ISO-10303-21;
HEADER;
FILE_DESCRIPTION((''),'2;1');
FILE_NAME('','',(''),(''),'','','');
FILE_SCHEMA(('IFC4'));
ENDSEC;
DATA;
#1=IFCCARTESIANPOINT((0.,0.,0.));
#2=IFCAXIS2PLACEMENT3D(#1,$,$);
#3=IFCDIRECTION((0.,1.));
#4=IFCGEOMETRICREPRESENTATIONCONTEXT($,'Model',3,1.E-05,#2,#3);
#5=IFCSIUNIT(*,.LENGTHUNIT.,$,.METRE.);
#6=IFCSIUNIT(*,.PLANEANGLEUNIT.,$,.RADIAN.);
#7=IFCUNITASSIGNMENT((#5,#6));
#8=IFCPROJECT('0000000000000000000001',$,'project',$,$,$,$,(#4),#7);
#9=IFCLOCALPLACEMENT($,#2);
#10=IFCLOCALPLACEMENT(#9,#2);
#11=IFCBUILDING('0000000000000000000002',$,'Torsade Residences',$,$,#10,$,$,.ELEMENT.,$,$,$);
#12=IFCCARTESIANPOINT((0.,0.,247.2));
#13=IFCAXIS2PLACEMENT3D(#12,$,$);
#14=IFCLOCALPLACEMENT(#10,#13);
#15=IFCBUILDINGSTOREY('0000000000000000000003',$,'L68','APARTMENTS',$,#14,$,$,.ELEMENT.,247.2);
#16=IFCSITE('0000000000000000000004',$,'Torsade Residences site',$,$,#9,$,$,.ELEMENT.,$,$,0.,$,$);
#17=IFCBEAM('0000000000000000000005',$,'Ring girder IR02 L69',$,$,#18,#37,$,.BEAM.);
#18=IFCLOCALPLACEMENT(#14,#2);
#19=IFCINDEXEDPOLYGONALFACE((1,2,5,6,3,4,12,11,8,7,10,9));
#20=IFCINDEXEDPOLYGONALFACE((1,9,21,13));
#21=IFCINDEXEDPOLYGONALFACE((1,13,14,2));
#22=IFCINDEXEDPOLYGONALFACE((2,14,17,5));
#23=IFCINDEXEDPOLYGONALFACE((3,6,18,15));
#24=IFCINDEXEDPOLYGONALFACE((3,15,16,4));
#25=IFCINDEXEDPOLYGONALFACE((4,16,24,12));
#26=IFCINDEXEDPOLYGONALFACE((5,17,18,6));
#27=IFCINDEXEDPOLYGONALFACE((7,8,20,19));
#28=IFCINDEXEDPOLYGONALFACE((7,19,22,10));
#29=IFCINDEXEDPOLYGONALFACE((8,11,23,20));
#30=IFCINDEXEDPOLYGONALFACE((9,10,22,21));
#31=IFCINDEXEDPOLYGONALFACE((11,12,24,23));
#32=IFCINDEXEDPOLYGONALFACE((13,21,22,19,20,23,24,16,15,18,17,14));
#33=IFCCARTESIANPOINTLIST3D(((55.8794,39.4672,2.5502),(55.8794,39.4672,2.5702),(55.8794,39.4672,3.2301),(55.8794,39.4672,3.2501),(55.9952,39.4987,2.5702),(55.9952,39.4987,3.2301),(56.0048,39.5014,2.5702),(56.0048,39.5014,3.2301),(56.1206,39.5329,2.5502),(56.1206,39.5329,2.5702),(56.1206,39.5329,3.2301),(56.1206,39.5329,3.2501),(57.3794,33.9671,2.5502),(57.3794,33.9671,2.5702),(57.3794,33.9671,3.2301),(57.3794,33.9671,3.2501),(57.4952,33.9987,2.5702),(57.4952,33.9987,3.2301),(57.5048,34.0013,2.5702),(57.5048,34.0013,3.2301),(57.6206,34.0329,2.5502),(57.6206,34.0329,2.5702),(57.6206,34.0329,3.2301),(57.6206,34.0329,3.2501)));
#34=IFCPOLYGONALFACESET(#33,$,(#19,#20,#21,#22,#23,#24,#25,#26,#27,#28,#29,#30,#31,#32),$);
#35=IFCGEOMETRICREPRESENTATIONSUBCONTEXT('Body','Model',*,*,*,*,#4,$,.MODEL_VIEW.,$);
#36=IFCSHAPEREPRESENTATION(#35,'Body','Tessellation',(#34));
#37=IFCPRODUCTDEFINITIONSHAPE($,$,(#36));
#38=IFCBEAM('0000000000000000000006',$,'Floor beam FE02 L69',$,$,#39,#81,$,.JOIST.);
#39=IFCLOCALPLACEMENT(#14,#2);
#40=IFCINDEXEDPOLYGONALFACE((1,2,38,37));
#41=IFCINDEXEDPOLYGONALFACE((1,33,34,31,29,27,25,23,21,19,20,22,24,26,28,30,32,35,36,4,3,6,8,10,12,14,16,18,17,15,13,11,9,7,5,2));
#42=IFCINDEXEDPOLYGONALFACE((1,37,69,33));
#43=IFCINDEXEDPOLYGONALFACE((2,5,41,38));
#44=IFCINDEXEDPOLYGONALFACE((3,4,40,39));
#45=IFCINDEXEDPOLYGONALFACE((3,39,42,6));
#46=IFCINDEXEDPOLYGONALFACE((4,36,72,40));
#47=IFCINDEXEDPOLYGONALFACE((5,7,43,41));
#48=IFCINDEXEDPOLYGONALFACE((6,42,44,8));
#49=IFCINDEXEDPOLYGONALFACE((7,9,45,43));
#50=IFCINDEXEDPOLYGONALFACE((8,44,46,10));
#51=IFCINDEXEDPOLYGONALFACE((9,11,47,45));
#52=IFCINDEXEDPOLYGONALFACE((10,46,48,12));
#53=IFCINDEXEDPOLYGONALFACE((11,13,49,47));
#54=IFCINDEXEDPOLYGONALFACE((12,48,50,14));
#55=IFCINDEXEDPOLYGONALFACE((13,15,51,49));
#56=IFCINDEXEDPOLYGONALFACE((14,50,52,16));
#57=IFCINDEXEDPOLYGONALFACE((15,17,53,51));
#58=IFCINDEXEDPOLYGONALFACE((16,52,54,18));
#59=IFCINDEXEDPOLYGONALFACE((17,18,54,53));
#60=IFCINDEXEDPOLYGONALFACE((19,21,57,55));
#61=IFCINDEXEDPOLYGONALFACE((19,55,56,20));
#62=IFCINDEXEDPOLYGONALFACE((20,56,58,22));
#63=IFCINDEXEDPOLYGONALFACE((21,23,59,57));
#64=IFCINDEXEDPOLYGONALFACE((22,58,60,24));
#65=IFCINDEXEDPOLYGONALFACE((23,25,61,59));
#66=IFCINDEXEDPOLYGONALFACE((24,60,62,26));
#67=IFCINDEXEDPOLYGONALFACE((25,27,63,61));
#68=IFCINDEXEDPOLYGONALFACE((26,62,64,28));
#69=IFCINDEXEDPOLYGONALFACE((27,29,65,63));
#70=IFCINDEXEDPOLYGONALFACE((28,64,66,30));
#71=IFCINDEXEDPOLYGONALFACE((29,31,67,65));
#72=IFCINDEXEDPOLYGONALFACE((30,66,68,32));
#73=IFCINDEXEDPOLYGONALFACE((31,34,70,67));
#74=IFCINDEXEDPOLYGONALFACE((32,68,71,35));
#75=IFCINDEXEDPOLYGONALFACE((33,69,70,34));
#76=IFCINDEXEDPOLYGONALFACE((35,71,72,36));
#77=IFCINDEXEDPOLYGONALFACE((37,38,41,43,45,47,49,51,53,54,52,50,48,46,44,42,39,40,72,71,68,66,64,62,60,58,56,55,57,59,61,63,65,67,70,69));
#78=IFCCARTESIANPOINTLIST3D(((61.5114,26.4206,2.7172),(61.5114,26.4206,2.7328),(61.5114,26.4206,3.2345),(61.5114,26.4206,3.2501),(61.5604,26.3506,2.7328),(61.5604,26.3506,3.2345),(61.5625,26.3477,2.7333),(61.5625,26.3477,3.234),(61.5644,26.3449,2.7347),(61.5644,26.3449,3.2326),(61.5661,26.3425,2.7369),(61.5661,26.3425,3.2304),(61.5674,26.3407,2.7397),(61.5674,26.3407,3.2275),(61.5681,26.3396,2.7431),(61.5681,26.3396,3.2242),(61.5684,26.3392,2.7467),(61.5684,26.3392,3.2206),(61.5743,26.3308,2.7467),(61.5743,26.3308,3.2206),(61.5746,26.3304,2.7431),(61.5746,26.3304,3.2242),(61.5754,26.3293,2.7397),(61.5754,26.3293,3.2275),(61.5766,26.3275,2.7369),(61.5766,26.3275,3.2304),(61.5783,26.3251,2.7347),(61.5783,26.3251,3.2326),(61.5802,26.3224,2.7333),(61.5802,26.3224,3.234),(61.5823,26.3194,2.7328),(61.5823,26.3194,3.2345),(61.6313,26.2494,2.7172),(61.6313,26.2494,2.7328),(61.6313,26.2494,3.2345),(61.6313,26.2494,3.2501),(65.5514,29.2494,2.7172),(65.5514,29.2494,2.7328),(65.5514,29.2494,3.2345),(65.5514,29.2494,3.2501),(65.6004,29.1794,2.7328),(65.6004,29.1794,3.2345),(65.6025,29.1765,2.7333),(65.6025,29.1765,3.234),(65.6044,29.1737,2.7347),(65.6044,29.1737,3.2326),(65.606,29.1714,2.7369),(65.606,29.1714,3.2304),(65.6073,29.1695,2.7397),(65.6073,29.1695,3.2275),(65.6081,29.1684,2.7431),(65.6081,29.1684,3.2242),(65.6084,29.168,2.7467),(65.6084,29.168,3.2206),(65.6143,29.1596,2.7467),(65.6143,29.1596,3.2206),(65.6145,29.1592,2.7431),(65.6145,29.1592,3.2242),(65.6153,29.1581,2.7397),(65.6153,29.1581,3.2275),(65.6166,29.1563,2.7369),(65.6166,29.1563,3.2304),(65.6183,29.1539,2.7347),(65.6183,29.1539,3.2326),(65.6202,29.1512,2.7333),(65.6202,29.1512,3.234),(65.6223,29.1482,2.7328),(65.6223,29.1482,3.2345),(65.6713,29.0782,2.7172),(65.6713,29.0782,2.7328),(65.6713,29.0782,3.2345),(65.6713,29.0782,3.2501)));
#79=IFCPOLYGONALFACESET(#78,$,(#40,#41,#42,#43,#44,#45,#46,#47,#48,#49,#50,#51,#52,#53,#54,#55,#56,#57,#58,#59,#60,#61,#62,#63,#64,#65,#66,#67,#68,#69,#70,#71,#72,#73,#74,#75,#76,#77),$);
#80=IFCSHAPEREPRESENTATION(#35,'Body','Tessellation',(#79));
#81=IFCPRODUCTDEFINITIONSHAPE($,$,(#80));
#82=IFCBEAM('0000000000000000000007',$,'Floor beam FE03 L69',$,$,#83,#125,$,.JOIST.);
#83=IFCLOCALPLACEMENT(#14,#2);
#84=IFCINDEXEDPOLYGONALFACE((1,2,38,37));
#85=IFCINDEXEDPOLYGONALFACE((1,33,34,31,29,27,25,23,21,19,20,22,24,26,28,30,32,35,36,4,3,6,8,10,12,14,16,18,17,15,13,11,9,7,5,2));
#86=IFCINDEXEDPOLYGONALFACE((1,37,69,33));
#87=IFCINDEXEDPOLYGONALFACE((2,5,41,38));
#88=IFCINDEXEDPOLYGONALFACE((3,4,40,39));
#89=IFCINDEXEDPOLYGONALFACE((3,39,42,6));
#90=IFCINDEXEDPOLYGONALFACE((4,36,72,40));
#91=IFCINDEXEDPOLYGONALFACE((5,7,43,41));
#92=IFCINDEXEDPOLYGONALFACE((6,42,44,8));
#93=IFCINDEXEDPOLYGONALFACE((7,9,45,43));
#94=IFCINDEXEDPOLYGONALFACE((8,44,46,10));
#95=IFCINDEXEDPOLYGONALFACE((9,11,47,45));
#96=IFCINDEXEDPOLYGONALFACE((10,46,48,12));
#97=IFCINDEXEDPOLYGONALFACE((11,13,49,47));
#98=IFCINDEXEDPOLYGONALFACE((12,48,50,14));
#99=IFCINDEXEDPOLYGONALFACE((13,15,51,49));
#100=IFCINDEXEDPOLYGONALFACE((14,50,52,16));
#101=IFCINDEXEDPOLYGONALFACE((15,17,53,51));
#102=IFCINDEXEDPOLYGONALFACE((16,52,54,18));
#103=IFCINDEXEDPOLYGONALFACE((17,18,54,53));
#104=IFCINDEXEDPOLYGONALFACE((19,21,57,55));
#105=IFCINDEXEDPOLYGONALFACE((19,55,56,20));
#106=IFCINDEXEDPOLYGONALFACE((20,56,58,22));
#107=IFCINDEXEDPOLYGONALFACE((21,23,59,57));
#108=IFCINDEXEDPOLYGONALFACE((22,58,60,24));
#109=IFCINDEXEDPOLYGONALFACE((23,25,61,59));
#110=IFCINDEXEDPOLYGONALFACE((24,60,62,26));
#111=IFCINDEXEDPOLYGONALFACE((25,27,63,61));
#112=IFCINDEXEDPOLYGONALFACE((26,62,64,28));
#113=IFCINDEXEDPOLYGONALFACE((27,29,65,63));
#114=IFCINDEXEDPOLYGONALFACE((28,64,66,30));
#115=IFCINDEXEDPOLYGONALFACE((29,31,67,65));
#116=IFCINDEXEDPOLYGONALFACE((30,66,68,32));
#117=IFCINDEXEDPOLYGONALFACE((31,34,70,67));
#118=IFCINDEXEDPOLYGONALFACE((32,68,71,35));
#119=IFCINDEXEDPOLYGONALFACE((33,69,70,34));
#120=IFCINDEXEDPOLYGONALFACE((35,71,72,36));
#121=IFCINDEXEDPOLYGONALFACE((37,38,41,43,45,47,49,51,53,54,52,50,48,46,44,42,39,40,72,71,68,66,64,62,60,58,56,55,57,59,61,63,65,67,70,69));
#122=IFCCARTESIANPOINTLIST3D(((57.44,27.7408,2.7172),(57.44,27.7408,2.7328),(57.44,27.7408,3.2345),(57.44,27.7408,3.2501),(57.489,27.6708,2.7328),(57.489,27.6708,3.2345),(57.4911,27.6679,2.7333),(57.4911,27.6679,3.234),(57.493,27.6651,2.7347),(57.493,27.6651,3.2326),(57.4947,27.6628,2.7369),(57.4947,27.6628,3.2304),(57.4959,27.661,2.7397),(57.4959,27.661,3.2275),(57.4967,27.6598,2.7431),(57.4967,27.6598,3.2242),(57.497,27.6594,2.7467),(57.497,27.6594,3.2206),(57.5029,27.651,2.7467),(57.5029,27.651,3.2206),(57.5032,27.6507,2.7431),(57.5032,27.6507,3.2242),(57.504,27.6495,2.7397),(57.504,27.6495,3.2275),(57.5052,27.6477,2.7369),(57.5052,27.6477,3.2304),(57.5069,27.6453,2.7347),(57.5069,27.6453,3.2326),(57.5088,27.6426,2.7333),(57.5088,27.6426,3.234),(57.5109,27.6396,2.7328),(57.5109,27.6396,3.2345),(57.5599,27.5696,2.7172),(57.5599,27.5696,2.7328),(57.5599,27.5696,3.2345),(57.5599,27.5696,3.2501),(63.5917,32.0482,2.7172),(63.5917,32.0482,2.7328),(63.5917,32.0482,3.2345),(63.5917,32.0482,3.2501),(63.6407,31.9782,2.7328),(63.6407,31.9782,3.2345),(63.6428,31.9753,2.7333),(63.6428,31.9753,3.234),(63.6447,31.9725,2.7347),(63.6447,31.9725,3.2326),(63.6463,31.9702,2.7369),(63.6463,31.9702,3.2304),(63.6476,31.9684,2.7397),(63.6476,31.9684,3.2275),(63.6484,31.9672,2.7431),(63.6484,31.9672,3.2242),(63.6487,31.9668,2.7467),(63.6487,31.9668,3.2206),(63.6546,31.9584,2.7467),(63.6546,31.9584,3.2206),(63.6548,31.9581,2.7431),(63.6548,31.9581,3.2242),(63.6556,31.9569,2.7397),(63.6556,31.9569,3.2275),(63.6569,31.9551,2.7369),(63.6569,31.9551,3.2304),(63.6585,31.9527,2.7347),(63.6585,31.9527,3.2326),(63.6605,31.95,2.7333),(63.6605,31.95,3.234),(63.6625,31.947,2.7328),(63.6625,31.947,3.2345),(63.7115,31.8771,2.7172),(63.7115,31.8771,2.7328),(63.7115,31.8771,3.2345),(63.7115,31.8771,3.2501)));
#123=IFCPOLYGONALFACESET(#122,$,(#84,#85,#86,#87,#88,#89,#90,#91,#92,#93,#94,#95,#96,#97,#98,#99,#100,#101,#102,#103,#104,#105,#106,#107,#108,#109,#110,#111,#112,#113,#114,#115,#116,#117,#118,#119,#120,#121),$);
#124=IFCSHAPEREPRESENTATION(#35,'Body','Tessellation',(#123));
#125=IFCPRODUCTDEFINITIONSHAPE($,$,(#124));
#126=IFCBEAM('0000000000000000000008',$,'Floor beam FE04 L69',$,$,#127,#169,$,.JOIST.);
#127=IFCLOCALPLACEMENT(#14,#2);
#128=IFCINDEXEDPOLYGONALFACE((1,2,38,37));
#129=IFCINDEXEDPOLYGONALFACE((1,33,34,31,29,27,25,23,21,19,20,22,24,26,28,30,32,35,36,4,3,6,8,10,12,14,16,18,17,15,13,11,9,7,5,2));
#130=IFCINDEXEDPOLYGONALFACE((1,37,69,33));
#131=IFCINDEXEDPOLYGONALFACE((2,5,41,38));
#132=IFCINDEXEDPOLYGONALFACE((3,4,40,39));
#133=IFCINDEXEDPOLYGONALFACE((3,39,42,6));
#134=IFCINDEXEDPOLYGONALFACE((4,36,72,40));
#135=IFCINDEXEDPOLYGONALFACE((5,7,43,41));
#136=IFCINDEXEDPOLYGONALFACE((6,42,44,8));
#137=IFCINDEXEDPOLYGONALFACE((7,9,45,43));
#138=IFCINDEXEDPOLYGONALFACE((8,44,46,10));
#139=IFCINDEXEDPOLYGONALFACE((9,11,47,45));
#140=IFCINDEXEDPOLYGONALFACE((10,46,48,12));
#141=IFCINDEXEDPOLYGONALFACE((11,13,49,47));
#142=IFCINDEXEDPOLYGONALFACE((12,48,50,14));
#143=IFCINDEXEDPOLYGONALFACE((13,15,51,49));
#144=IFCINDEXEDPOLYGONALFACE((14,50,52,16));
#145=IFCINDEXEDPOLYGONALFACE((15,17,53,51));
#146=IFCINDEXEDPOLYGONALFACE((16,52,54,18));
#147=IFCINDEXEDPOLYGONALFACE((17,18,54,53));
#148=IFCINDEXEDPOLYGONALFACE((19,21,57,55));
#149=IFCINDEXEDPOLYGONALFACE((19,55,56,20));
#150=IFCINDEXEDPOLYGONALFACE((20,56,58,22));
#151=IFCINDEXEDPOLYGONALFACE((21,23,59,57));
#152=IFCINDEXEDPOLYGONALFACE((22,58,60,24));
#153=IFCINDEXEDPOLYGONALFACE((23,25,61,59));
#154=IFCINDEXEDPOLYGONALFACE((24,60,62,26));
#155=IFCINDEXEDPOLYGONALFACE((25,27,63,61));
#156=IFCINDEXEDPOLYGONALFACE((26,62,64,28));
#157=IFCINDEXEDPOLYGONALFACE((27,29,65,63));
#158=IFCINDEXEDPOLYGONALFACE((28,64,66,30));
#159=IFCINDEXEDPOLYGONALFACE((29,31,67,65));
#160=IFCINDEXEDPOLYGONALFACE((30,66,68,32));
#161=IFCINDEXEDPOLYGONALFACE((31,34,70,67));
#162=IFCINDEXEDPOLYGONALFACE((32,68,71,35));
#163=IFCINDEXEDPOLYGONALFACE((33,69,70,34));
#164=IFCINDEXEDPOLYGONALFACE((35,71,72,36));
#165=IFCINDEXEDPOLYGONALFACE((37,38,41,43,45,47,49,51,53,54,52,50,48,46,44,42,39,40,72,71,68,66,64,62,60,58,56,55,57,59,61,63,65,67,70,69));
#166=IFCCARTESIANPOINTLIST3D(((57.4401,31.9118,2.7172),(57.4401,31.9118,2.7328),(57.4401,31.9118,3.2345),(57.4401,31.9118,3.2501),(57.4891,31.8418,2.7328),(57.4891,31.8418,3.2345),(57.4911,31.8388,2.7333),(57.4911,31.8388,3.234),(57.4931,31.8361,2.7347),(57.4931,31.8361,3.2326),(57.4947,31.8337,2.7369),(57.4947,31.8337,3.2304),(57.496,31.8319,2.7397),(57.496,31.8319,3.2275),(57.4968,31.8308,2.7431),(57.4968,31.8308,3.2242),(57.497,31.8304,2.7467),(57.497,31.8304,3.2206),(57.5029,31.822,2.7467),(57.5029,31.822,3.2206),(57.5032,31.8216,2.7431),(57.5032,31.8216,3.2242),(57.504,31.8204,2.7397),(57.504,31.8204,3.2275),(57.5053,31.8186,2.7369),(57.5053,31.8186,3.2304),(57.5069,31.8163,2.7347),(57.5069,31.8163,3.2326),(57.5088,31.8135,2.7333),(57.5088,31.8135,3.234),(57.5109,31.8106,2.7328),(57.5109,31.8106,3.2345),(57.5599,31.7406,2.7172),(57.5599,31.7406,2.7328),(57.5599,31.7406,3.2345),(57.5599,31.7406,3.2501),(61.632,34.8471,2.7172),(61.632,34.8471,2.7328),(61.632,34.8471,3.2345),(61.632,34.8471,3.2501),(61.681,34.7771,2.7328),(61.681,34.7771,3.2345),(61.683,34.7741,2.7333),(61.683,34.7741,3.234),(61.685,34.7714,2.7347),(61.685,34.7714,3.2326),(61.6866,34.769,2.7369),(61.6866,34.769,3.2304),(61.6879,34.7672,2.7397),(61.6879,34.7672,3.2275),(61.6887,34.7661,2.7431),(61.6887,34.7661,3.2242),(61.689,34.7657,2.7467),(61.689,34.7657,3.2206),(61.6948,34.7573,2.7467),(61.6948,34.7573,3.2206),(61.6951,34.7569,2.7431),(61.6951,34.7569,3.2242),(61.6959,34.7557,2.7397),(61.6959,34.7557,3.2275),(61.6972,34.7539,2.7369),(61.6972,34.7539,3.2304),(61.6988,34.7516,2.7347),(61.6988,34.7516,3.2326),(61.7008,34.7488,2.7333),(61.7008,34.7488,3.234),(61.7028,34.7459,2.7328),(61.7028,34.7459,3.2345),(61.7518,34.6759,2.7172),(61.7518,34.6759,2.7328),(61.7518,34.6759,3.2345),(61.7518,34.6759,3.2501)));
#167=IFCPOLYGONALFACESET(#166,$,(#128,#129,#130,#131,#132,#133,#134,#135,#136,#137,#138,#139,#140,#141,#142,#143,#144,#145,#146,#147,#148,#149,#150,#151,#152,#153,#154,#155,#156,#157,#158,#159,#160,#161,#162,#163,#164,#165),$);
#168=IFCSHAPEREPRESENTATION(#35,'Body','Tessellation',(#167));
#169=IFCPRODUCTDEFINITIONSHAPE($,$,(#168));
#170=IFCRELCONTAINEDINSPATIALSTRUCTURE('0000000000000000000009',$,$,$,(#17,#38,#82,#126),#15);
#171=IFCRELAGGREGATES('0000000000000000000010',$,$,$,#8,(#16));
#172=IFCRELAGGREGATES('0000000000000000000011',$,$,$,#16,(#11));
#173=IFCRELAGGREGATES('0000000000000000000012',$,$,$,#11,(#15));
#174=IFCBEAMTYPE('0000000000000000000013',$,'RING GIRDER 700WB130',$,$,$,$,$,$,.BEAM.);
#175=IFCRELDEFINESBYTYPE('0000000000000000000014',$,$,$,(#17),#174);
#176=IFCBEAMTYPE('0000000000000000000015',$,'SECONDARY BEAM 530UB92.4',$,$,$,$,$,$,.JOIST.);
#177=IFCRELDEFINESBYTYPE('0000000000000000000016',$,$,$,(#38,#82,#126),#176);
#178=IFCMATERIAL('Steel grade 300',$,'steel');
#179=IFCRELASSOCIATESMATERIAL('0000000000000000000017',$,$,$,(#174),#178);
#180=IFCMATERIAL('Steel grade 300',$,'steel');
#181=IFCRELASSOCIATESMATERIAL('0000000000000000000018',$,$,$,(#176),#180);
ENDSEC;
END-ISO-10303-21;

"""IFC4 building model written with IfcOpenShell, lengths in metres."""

from ifc_helpers import new_model, si_unit, direction, frame, origin, origin_2d, place, context, subcontext, project, spatial, i_section, extrude, material, material_profile, profile_set, type_object, element, save


model = new_model("IFC4")

# Units and contexts
model_context = context("Model", 3, precision=1e-05, world=origin(), true_north=direction((0.0, 1.0)))
body_context = subcontext(model_context, "Body", "Model", "MODEL_VIEW")
ifc_project = project(units=[si_unit("LENGTHUNIT", "METRE"), si_unit("PLANEANGLEUNIT", "RADIAN")], contexts=[model_context])

# Site, building, storey
site_placement = place(None, origin())
site = spatial("IfcSite", under=ifc_project, at=site_placement, Name="Torsade Residences site", CompositionType="ELEMENT", RefElevation=0.0)
building_placement = place(site_placement, origin())
building = spatial("IfcBuilding", under=site, at=building_placement, Name="Torsade Residences", CompositionType="ELEMENT")
storey_placement = place(building_placement, frame((0.0, 0.0, 247.2)))
storey = spatial("IfcBuildingStorey", under=building, at=storey_placement, Name="L68", Description="APARTMENTS", CompositionType="ELEMENT", Elevation=247.2)

# Beams
ifc_material_1 = material(Name="Steel grade 300", Category="steel")
ifc_material_profile_1 = material_profile(ifc_material_1, i_section(OverallWidth=0.25, OverallDepth=0.7, WebThickness=0.01, FlangeThickness=0.02, at=origin_2d()), Name="700WB130")
ifc_profile_set_1 = profile_set([ifc_material_profile_1], Name="Steel grade 300")
beam_type_1 = type_object("IfcBeamType", Name="RING GIRDER 700WB130", PredefinedType="BEAM", material=ifc_profile_set_1)
beam_1_placement = place(storey_placement, frame((57.5, 34.0, 2.9001), z_axis=(-0.263117, 0.964764, 0.0), x_axis=(-0.964764, -0.263117, 0.0)))
element("IfcBeam", 1, at=beam_1_placement, inside=storey, type_object=beam_type_1, Name="Ring girder IR02 L69", PredefinedType="BEAM", context=body_context, shape_type="SweptSolid", body=[
    extrude(i_section(OverallWidth=0.25, OverallDepth=0.7, WebThickness=0.01, FlangeThickness=0.02, at=origin_2d()), origin(), (0.0, 0.0, 1.0), 5.7009),
])
ifc_material_2 = material(Name="Steel grade 300", Category="steel")
ifc_material_profile_2 = material_profile(ifc_material_2, i_section(OverallWidth=0.209, OverallDepth=0.533, WebThickness=0.0103, FlangeThickness=0.0156, FilletRadius=0.0139, at=origin_2d()), Name="530UB92.4")
ifc_profile_set_2 = profile_set([ifc_material_profile_2], Name="Steel grade 300")
beam_type_2 = type_object("IfcBeamType", Name="SECONDARY BEAM 530UB92.4", PredefinedType="JOIST", material=ifc_profile_set_2)
beam_2_placement = place(storey_placement, frame((65.6113, 29.1638, 2.9836), z_axis=(-0.819153, -0.573575, 0.0), x_axis=(0.573575, -0.819153, 0.0)))
element("IfcBeam", 2, at=beam_2_placement, inside=storey, type_object=beam_type_2, Name="Floor beam FE02 L69", PredefinedType="JOIST", context=body_context, shape_type="SweptSolid", body=[
    extrude(i_section(OverallWidth=0.209, OverallDepth=0.533, WebThickness=0.0103, FlangeThickness=0.0156, FilletRadius=0.0139, at=origin_2d()), origin(), (0.0, 0.0, 1.0), 4.9319),
])
beam_3_placement = place(storey_placement, frame((63.6516, 31.9626, 2.9836), z_axis=(-0.819154, -0.573574, 0.0), x_axis=(0.573574, -0.819154, 0.0)))
element("IfcBeam", 3, at=beam_3_placement, inside=storey, type_object=beam_type_2, Name="Floor beam FE03 L69", PredefinedType="JOIST", context=body_context, shape_type="SweptSolid", body=[
    extrude(i_section(OverallWidth=0.209, OverallDepth=0.533, WebThickness=0.0103, FlangeThickness=0.0156, FilletRadius=0.0139, at=origin_2d()), origin(), (0.0, 0.0, 1.0), 7.5098),
])
beam_4_placement = place(storey_placement, frame((61.6919, 34.7615, 2.9836), z_axis=(-0.819142, -0.57359, 0.0), x_axis=(0.57359, -0.819142, 0.0)))
element("IfcBeam", 4, at=beam_4_placement, inside=storey, type_object=beam_type_2, Name="Floor beam FE04 L69", PredefinedType="JOIST", context=body_context, shape_type="SweptSolid", body=[
    extrude(i_section(OverallWidth=0.209, OverallDepth=0.533, WebThickness=0.0103, FlangeThickness=0.0156, FilletRadius=0.0139, at=origin_2d()), origin(), (0.0, 0.0, 1.0), 5.1174),
])

save(model, "model.ifc")
